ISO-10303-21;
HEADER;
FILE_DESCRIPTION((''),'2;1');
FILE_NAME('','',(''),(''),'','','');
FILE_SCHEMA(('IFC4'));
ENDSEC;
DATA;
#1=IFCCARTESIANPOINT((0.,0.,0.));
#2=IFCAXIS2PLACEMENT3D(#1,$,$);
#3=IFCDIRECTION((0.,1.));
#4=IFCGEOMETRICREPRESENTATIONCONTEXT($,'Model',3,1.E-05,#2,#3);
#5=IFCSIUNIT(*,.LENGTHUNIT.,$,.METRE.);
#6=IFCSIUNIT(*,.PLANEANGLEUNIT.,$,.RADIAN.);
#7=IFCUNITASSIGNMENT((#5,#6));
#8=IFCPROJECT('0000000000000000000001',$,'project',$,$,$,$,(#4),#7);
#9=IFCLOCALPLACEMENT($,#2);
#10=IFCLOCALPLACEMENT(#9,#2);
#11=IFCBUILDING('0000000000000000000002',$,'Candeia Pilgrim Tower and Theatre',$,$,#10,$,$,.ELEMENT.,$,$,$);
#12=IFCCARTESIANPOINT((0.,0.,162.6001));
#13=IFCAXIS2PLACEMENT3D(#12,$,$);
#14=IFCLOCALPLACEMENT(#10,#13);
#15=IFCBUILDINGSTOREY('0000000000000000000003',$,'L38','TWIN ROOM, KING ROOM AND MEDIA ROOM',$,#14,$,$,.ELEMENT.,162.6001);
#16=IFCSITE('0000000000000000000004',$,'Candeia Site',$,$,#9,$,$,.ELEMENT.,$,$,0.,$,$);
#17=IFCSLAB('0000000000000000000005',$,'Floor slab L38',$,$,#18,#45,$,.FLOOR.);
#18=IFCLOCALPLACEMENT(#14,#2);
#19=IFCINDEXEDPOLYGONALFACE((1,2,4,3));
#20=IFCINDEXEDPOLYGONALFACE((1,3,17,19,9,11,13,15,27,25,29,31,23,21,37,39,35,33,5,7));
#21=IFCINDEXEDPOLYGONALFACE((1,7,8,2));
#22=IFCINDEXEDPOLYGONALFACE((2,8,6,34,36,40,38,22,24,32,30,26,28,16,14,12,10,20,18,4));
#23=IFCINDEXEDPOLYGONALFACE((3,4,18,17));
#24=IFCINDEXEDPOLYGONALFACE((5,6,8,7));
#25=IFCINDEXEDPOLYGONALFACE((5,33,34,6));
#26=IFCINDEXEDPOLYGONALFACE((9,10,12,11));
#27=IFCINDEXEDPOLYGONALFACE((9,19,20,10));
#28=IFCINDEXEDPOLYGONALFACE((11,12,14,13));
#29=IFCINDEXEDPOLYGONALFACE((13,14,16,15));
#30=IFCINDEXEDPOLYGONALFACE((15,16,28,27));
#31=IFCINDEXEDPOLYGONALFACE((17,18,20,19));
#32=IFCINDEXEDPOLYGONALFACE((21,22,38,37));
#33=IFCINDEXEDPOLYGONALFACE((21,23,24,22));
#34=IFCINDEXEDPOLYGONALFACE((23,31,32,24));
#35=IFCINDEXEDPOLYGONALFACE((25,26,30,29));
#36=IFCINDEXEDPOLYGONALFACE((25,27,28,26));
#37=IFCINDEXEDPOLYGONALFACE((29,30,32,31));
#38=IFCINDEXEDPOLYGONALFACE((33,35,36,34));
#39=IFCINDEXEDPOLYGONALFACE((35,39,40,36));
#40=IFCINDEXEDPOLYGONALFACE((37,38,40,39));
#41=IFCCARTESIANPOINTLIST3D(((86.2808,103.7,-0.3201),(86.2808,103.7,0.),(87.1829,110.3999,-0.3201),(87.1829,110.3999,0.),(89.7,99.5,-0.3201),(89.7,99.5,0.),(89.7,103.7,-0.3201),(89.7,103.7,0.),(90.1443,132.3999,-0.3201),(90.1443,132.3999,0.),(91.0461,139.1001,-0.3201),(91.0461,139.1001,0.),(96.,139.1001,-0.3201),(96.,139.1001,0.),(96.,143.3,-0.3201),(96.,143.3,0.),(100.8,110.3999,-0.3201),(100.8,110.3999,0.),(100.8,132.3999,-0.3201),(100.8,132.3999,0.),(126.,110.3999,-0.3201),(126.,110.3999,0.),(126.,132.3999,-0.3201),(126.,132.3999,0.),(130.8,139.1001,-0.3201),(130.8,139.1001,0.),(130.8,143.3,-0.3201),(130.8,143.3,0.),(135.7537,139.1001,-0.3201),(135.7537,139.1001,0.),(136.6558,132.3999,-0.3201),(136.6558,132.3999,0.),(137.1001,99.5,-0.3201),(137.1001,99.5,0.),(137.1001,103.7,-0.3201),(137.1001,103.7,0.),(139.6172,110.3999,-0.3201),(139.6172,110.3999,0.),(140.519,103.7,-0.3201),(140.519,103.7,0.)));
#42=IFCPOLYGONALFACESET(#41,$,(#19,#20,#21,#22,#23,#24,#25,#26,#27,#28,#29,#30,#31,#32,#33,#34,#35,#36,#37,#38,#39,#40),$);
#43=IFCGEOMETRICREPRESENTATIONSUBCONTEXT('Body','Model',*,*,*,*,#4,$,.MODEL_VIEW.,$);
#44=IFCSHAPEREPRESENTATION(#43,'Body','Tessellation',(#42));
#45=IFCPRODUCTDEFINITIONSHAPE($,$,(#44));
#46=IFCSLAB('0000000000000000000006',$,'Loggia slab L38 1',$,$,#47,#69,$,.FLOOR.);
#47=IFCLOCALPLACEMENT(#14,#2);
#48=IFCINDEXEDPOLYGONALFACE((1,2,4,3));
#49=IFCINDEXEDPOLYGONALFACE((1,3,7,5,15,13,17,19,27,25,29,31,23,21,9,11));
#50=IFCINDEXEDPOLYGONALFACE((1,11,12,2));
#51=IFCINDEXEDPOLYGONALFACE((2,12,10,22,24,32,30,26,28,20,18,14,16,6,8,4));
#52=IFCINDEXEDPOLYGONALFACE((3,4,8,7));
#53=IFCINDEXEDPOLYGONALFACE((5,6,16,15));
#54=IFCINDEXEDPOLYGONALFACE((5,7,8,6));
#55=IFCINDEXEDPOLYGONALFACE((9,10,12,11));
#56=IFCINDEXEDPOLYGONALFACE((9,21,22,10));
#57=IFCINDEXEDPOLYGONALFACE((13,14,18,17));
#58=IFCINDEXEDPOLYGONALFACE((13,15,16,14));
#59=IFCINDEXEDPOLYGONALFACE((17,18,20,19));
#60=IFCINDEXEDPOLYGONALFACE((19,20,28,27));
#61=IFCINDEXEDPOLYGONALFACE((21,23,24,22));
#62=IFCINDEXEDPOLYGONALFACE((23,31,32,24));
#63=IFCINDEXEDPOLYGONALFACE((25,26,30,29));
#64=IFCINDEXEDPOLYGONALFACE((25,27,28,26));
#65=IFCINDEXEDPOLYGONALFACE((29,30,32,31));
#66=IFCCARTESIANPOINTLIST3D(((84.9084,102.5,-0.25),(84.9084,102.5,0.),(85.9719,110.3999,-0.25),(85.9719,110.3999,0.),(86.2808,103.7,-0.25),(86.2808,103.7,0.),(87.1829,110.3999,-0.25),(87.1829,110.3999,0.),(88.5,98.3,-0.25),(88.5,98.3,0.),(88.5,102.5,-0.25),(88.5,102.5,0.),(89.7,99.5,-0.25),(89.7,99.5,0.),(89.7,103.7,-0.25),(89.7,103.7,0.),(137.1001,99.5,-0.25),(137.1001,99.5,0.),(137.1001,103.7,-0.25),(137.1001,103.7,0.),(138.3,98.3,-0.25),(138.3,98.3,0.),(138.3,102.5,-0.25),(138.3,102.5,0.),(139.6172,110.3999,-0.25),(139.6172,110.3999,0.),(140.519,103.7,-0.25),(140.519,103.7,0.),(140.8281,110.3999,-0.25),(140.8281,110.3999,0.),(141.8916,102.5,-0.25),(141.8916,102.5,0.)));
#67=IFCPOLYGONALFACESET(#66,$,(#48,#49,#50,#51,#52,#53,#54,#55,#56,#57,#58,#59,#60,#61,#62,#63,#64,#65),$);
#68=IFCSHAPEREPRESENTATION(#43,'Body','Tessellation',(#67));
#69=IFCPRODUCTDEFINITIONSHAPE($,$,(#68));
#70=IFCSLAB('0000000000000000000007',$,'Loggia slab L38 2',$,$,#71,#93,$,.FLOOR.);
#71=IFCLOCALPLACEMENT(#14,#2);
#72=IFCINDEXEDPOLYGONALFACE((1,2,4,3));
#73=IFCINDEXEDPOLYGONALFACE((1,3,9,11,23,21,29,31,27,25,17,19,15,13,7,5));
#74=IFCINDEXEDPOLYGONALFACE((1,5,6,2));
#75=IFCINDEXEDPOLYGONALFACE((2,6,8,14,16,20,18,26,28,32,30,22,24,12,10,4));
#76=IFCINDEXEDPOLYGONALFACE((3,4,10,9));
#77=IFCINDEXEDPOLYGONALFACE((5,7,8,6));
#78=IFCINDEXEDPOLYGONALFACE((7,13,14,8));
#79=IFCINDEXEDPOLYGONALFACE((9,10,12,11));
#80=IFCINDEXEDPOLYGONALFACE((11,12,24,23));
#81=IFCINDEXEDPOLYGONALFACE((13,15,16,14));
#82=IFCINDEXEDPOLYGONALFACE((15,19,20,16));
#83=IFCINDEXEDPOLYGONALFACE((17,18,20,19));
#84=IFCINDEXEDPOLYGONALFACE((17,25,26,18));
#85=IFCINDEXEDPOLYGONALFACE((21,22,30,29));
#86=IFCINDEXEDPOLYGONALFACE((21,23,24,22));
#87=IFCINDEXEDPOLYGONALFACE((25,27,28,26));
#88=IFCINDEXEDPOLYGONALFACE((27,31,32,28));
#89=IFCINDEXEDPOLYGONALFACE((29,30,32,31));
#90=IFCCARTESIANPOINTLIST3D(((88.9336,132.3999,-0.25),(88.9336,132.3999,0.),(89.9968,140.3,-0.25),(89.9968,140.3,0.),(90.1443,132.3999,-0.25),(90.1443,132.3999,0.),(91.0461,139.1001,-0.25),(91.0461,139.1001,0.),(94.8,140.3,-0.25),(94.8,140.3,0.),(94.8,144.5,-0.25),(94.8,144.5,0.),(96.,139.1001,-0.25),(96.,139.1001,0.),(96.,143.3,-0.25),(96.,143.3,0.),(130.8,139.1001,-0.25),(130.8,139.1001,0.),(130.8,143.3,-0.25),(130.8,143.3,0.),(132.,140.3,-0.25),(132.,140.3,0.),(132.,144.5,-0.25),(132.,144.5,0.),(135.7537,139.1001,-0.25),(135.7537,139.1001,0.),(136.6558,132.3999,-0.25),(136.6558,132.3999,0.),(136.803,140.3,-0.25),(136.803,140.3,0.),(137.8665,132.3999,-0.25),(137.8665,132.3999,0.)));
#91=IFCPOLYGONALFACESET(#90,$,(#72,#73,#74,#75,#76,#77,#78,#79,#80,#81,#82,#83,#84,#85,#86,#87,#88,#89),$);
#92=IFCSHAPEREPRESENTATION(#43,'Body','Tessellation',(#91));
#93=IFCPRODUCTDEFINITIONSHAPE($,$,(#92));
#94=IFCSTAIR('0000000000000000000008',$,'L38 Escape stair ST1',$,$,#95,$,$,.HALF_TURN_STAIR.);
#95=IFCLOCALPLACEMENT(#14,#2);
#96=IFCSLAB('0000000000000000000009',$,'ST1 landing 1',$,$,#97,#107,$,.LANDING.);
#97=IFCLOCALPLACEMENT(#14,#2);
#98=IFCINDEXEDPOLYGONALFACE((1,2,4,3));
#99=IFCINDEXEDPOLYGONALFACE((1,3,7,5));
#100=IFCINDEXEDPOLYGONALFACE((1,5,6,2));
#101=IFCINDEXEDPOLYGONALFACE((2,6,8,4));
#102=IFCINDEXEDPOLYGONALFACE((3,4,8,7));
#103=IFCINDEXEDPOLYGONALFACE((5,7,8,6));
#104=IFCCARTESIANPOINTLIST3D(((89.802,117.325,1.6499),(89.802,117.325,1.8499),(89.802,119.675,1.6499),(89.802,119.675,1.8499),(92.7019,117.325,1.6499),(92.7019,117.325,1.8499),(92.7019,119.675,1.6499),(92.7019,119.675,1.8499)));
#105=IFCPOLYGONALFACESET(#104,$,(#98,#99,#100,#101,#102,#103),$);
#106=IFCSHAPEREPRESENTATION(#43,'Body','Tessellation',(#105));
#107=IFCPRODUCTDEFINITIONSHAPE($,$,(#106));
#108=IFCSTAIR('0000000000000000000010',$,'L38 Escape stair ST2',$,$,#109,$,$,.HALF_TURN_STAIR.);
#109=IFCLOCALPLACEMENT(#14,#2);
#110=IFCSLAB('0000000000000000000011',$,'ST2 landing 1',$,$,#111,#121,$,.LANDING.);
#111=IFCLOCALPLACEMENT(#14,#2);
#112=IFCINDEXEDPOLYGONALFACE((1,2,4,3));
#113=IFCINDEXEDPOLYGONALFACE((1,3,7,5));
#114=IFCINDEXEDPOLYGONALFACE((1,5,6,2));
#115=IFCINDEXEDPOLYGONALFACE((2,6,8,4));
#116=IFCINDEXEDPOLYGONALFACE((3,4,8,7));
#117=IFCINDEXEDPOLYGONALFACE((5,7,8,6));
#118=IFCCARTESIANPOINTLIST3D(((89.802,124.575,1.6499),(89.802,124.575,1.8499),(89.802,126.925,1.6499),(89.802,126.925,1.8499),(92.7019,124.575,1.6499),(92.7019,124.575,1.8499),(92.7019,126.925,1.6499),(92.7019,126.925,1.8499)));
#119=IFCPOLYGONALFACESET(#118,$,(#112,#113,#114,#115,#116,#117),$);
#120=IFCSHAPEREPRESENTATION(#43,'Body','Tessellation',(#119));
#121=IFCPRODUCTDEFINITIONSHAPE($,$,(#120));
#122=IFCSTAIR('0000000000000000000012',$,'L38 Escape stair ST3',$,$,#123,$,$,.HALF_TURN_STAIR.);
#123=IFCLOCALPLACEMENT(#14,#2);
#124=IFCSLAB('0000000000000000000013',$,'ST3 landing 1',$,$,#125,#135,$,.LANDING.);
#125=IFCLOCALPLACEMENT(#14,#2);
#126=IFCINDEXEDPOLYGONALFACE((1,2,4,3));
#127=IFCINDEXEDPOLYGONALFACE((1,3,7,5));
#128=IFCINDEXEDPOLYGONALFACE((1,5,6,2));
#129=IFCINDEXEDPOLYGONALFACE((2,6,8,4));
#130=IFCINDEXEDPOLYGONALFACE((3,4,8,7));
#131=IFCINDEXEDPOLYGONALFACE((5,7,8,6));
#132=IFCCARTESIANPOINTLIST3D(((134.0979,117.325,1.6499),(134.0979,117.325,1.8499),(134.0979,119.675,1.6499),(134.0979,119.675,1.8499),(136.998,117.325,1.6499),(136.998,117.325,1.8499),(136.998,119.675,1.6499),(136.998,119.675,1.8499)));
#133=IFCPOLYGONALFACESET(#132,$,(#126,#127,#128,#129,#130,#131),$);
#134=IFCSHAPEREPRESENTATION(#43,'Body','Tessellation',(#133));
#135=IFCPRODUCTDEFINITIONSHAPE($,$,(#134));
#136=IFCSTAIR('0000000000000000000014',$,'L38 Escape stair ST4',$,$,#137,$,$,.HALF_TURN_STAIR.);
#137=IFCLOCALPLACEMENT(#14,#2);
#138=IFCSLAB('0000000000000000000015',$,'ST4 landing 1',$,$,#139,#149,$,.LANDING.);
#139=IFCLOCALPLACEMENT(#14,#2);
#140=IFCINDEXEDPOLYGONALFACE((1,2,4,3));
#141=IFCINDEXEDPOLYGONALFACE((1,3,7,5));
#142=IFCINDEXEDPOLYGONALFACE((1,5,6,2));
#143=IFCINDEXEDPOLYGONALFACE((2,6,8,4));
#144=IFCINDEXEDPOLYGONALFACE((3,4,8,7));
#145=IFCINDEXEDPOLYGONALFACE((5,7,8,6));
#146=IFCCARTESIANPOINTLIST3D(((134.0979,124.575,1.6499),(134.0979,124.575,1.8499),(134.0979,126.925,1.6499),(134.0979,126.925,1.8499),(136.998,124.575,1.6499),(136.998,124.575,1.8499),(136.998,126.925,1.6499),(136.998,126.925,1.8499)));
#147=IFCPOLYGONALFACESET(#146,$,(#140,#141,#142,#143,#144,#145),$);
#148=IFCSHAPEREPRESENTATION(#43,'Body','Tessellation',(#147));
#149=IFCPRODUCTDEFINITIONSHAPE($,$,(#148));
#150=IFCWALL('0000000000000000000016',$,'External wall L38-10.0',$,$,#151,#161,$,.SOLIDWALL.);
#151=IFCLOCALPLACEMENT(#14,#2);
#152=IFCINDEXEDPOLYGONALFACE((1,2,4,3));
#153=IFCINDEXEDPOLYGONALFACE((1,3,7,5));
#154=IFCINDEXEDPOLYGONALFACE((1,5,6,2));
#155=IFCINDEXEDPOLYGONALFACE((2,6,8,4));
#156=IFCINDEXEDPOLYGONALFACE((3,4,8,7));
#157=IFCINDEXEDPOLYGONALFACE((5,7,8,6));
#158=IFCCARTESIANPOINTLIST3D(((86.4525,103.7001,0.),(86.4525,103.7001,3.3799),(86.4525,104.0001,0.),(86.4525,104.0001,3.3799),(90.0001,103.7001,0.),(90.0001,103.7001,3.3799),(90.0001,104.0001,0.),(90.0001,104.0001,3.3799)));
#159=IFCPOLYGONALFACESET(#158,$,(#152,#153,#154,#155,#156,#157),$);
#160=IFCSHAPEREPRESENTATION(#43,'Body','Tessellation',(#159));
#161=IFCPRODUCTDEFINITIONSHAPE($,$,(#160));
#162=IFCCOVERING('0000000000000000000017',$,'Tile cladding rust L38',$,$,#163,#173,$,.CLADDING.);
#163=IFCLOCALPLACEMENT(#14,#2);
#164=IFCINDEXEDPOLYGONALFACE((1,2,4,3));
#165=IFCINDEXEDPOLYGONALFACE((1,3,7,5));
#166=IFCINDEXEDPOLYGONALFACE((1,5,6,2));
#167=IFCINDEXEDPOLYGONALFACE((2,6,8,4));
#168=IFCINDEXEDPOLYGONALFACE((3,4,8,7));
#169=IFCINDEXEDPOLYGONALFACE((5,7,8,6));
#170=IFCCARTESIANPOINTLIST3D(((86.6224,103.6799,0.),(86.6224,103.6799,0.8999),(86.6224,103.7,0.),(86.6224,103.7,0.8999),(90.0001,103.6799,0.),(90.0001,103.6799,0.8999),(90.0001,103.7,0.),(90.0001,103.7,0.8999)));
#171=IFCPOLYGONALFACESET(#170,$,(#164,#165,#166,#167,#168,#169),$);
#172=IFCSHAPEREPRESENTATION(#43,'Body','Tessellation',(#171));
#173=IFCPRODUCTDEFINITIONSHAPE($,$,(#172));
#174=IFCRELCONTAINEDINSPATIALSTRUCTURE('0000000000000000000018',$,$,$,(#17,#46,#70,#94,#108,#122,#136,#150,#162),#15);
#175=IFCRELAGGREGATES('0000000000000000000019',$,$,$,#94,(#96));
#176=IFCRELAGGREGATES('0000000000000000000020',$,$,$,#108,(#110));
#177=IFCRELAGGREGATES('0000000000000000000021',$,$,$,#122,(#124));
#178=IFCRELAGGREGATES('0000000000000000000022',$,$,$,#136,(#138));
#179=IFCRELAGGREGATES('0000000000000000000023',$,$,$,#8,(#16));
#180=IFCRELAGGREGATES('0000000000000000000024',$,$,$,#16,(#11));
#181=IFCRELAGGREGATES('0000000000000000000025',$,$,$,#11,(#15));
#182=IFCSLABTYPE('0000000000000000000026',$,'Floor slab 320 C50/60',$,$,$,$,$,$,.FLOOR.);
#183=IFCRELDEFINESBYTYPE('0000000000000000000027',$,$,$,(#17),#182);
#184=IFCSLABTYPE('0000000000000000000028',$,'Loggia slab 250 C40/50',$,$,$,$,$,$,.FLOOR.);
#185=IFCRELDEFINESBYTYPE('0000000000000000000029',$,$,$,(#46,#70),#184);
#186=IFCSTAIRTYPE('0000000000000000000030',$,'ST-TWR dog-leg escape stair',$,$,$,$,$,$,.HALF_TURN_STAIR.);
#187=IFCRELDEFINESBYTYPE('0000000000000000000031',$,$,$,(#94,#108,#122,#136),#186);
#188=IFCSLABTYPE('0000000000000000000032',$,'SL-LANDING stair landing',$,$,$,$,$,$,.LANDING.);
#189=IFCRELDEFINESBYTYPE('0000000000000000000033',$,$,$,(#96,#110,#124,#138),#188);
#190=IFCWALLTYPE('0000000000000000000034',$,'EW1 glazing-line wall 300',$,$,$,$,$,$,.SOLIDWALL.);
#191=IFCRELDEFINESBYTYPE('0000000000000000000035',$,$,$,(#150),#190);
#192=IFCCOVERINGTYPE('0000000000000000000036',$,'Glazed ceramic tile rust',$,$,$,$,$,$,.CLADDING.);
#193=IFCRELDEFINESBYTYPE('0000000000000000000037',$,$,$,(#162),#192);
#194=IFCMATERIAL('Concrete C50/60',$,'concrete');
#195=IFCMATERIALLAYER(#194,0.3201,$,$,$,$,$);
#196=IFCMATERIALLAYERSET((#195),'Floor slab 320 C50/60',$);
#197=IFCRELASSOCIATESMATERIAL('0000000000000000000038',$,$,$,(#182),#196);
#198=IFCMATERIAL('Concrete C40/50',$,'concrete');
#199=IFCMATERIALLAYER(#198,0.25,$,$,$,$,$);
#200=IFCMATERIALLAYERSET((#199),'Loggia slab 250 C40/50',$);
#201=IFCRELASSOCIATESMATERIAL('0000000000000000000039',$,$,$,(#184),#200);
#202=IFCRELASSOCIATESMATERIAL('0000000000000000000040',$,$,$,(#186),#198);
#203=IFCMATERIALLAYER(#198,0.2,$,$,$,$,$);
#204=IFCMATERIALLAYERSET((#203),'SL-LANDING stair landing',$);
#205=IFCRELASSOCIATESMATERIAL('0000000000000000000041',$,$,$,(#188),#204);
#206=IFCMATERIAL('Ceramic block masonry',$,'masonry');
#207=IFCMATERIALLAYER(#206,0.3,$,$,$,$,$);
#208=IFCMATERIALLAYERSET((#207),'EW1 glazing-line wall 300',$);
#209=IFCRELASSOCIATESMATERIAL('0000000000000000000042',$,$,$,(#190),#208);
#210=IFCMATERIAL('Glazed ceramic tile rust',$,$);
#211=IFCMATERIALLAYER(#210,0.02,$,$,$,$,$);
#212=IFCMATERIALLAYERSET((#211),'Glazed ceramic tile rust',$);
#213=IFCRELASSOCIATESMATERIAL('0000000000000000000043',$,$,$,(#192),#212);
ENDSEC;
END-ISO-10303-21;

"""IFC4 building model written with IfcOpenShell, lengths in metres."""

from ifc_helpers import new_model, si_unit, direction, frame, frame_2d, origin, origin_2d, place, context, subcontext, project, spatial, polyline, rectangle, outline, extrude, material, layer, layer_set, type_object, element, aggregate, save


model = new_model("IFC4")

# Units and contexts
model_context = context("Model", 3, precision=1e-05, world=origin(), true_north=direction((0.0, 1.0)))
body_context = subcontext(model_context, "Body", "Model", "MODEL_VIEW")
ifc_project = project(units=[si_unit("LENGTHUNIT", "METRE"), si_unit("PLANEANGLEUNIT", "RADIAN")], contexts=[model_context])

# Site, building, storey
site_placement = place(None, origin())
site = spatial("IfcSite", under=ifc_project, at=site_placement, Name="Candeia Site", CompositionType="ELEMENT", RefElevation=0.0)
building_placement = place(site_placement, origin())
building = spatial("IfcBuilding", under=site, at=building_placement, Name="Candeia Pilgrim Tower and Theatre", CompositionType="ELEMENT")
storey_placement = place(building_placement, frame((0.0, 0.0, 162.6001)))
storey = spatial("IfcBuildingStorey", under=building, at=storey_placement, Name="L38", Description="TWIN ROOM, KING ROOM AND MEDIA ROOM", CompositionType="ELEMENT", Elevation=162.6001)

# Slabs
ifc_material_1 = material(Name="Concrete C40/50", Category="concrete")
ifc_material_2 = material(Name="Concrete C50/60", Category="concrete")
ifc_layer_1 = layer(ifc_material_2, 0.3201)
ifc_layer_set_1 = layer_set([ifc_layer_1], Name="Floor slab 320 C50/60")
slab_type_1 = type_object("IfcSlabType", Name="Floor slab 320 C50/60", PredefinedType="FLOOR", material=ifc_layer_set_1)
slab_1_placement = place(storey_placement, frame((0.0, 0.0, -0.3201)))
element("IfcSlab", 1, at=slab_1_placement, inside=storey, type_object=slab_type_1, Name="Floor slab L38", PredefinedType="FLOOR", context=body_context, shape_type="SweptSolid", body=[
    extrude(outline(polyline([(96.0, 139.1001), (96.0, 143.3), (130.8, 143.3), (130.8, 139.1001), (135.7537, 139.1001), (136.6558, 132.3999), (126.0, 132.3999), (126.0, 110.3999), (139.6172, 110.3999), (140.519, 103.7), (137.1001, 103.7), (137.1001, 99.5), (89.7, 99.5), (89.7, 103.7), (86.2808, 103.7), (87.1829, 110.3999), (100.8, 110.3999), (100.8, 132.3999), (90.1443, 132.3999), (91.0461, 139.1001), (96.0, 139.1001)])), origin(), (0.0, 0.0, 1.0), 0.3201),
])
ifc_layer_2 = layer(ifc_material_1, 0.25)
ifc_layer_set_2 = layer_set([ifc_layer_2], Name="Loggia slab 250 C40/50")
slab_type_2 = type_object("IfcSlabType", Name="Loggia slab 250 C40/50", PredefinedType="FLOOR", material=ifc_layer_set_2)
slab_2_placement = place(storey_placement, frame((0.0, 0.0, -0.25)))
element("IfcSlab", 2, at=slab_2_placement, inside=storey, type_object=slab_type_2, Name="Loggia slab L38 1", PredefinedType="FLOOR", context=body_context, shape_type="SweptSolid", body=[
    extrude(outline(polyline([(87.1829, 110.3999), (86.2808, 103.7), (89.7, 103.7), (89.7, 99.5), (137.1001, 99.5), (137.1001, 103.7), (140.519, 103.7), (139.6172, 110.3999), (140.8281, 110.3999), (141.8916, 102.5), (138.3, 102.5), (138.3, 98.3), (88.5, 98.3), (88.5, 102.5), (84.9084, 102.5), (85.9719, 110.3999), (87.1829, 110.3999)])), origin(), (0.0, 0.0, 1.0), 0.25),
])
slab_3_placement = place(storey_placement, frame((0.0, 0.0, -0.25)))
element("IfcSlab", 3, at=slab_3_placement, inside=storey, type_object=slab_type_2, Name="Loggia slab L38 2", PredefinedType="FLOOR", context=body_context, shape_type="SweptSolid", body=[
    extrude(outline(polyline([(136.6558, 132.3999), (135.7537, 139.1001), (130.8, 139.1001), (130.8, 143.3), (96.0, 143.3), (96.0, 139.1001), (91.0461, 139.1001), (90.1443, 132.3999), (88.9336, 132.3999), (89.9968, 140.3), (94.8, 140.3), (94.8, 144.5), (132.0, 144.5), (132.0, 140.3), (136.803, 140.3), (137.8665, 132.3999), (136.6558, 132.3999)])), origin(), (0.0, 0.0, 1.0), 0.25),
])

# Stairs, slabs
stair_type = type_object("IfcStairType", Name="ST-TWR dog-leg escape stair", PredefinedType="HALF_TURN_STAIR", material=ifc_material_1)
stair_1_placement = place(storey_placement, origin())
stair_1 = element("IfcStair", 4, at=stair_1_placement, inside=storey, type_object=stair_type, Name="L38 Escape stair ST1", PredefinedType="HALF_TURN_STAIR")
ifc_layer_3 = layer(ifc_material_1, 0.2)
ifc_layer_set_3 = layer_set([ifc_layer_3], Name="SL-LANDING stair landing")
slab_type_3 = type_object("IfcSlabType", Name="SL-LANDING stair landing", PredefinedType="LANDING", material=ifc_layer_set_3)
slab_4_placement = place(storey_placement, frame((0.0, 0.0, 1.6499)))
slab_4 = element("IfcSlab", 5, at=slab_4_placement, type_object=slab_type_3, Name="ST1 landing 1", PredefinedType="LANDING", context=body_context, shape_type="SweptSolid", body=[
    extrude(outline(polyline([(89.802, 119.675), (89.802, 117.325), (92.7019, 117.325), (92.7019, 119.675), (89.802, 119.675)])), origin(), (0.0, 0.0, 1.0), 0.2),
])
aggregate(stair_1, [slab_4])
stair_2_placement = place(storey_placement, origin())
stair_2 = element("IfcStair", 6, at=stair_2_placement, inside=storey, type_object=stair_type, Name="L38 Escape stair ST2", PredefinedType="HALF_TURN_STAIR")
slab_5_placement = place(storey_placement, frame((0.0, 0.0, 1.6499)))
slab_5 = element("IfcSlab", 7, at=slab_5_placement, type_object=slab_type_3, Name="ST2 landing 1", PredefinedType="LANDING", context=body_context, shape_type="SweptSolid", body=[
    extrude(outline(polyline([(89.802, 126.925), (89.802, 124.575), (92.7019, 124.575), (92.7019, 126.925), (89.802, 126.925)])), origin(), (0.0, 0.0, 1.0), 0.2),
])
aggregate(stair_2, [slab_5])
stair_3_placement = place(storey_placement, origin())
stair_3 = element("IfcStair", 8, at=stair_3_placement, inside=storey, type_object=stair_type, Name="L38 Escape stair ST3", PredefinedType="HALF_TURN_STAIR")
slab_6_placement = place(storey_placement, frame((0.0, 0.0, 1.6499)))
slab_6 = element("IfcSlab", 9, at=slab_6_placement, type_object=slab_type_3, Name="ST3 landing 1", PredefinedType="LANDING", context=body_context, shape_type="SweptSolid", body=[
    extrude(outline(polyline([(134.0979, 119.675), (134.0979, 117.325), (136.998, 117.325), (136.998, 119.675), (134.0979, 119.675)])), origin(), (0.0, 0.0, 1.0), 0.2),
])
aggregate(stair_3, [slab_6])
stair_4_placement = place(storey_placement, origin())
stair_4 = element("IfcStair", 10, at=stair_4_placement, inside=storey, type_object=stair_type, Name="L38 Escape stair ST4", PredefinedType="HALF_TURN_STAIR")
slab_7_placement = place(storey_placement, frame((0.0, 0.0, 1.6499)))
slab_7 = element("IfcSlab", 11, at=slab_7_placement, type_object=slab_type_3, Name="ST4 landing 1", PredefinedType="LANDING", context=body_context, shape_type="SweptSolid", body=[
    extrude(outline(polyline([(134.0979, 126.925), (134.0979, 124.575), (136.998, 124.575), (136.998, 126.925), (134.0979, 126.925)])), origin(), (0.0, 0.0, 1.0), 0.2),
])
aggregate(stair_4, [slab_7])

# Wall
ifc_material_3 = material(Name="Ceramic block masonry", Category="masonry")
ifc_layer_4 = layer(ifc_material_3, 0.3)
ifc_layer_set_4 = layer_set([ifc_layer_4], Name="EW1 glazing-line wall 300")
wall_type = type_object("IfcWallType", Name="EW1 glazing-line wall 300", PredefinedType="SOLIDWALL", material=ifc_layer_set_4)
wall_placement = place(storey_placement, frame((86.4524, 103.8501, 0.0), z_axis=(0.0, 0.0, 1.0), x_axis=(1.0, 0.0, 0.0)))
element("IfcWall", 12, at=wall_placement, inside=storey, type_object=wall_type, Name="External wall L38-10.0", PredefinedType="SOLIDWALL", context=body_context, shape_type="SweptSolid", body=[
    extrude(rectangle(XDim=3.5476, YDim=0.3, at=frame_2d((1.7739, 0.0))), origin(), (0.0, 0.0, 1.0), 3.3799),
])

# Covering
ifc_material_4 = material(Name="Glazed ceramic tile rust")
ifc_layer_5 = layer(ifc_material_4, 0.02)
ifc_layer_set_5 = layer_set([ifc_layer_5], Name="Glazed ceramic tile rust")
covering_type = type_object("IfcCoveringType", Name="Glazed ceramic tile rust", PredefinedType="CLADDING", material=ifc_layer_set_5)
covering_placement = place(storey_placement, frame((88.3113, 103.6899, 0.0), z_axis=(0.0, 0.0, 1.0), x_axis=(1.0, 0.0, 0.0)))
element("IfcCovering", 13, at=covering_placement, inside=storey, type_object=covering_type, Name="Tile cladding rust L38", PredefinedType="CLADDING", context=body_context, shape_type="SweptSolid", body=[
    extrude(rectangle(XDim=3.3777, YDim=0.02, at=origin_2d()), origin(), (0.0, 0.0, 1.0), 0.8999),
])

save(model, "model.ifc")
